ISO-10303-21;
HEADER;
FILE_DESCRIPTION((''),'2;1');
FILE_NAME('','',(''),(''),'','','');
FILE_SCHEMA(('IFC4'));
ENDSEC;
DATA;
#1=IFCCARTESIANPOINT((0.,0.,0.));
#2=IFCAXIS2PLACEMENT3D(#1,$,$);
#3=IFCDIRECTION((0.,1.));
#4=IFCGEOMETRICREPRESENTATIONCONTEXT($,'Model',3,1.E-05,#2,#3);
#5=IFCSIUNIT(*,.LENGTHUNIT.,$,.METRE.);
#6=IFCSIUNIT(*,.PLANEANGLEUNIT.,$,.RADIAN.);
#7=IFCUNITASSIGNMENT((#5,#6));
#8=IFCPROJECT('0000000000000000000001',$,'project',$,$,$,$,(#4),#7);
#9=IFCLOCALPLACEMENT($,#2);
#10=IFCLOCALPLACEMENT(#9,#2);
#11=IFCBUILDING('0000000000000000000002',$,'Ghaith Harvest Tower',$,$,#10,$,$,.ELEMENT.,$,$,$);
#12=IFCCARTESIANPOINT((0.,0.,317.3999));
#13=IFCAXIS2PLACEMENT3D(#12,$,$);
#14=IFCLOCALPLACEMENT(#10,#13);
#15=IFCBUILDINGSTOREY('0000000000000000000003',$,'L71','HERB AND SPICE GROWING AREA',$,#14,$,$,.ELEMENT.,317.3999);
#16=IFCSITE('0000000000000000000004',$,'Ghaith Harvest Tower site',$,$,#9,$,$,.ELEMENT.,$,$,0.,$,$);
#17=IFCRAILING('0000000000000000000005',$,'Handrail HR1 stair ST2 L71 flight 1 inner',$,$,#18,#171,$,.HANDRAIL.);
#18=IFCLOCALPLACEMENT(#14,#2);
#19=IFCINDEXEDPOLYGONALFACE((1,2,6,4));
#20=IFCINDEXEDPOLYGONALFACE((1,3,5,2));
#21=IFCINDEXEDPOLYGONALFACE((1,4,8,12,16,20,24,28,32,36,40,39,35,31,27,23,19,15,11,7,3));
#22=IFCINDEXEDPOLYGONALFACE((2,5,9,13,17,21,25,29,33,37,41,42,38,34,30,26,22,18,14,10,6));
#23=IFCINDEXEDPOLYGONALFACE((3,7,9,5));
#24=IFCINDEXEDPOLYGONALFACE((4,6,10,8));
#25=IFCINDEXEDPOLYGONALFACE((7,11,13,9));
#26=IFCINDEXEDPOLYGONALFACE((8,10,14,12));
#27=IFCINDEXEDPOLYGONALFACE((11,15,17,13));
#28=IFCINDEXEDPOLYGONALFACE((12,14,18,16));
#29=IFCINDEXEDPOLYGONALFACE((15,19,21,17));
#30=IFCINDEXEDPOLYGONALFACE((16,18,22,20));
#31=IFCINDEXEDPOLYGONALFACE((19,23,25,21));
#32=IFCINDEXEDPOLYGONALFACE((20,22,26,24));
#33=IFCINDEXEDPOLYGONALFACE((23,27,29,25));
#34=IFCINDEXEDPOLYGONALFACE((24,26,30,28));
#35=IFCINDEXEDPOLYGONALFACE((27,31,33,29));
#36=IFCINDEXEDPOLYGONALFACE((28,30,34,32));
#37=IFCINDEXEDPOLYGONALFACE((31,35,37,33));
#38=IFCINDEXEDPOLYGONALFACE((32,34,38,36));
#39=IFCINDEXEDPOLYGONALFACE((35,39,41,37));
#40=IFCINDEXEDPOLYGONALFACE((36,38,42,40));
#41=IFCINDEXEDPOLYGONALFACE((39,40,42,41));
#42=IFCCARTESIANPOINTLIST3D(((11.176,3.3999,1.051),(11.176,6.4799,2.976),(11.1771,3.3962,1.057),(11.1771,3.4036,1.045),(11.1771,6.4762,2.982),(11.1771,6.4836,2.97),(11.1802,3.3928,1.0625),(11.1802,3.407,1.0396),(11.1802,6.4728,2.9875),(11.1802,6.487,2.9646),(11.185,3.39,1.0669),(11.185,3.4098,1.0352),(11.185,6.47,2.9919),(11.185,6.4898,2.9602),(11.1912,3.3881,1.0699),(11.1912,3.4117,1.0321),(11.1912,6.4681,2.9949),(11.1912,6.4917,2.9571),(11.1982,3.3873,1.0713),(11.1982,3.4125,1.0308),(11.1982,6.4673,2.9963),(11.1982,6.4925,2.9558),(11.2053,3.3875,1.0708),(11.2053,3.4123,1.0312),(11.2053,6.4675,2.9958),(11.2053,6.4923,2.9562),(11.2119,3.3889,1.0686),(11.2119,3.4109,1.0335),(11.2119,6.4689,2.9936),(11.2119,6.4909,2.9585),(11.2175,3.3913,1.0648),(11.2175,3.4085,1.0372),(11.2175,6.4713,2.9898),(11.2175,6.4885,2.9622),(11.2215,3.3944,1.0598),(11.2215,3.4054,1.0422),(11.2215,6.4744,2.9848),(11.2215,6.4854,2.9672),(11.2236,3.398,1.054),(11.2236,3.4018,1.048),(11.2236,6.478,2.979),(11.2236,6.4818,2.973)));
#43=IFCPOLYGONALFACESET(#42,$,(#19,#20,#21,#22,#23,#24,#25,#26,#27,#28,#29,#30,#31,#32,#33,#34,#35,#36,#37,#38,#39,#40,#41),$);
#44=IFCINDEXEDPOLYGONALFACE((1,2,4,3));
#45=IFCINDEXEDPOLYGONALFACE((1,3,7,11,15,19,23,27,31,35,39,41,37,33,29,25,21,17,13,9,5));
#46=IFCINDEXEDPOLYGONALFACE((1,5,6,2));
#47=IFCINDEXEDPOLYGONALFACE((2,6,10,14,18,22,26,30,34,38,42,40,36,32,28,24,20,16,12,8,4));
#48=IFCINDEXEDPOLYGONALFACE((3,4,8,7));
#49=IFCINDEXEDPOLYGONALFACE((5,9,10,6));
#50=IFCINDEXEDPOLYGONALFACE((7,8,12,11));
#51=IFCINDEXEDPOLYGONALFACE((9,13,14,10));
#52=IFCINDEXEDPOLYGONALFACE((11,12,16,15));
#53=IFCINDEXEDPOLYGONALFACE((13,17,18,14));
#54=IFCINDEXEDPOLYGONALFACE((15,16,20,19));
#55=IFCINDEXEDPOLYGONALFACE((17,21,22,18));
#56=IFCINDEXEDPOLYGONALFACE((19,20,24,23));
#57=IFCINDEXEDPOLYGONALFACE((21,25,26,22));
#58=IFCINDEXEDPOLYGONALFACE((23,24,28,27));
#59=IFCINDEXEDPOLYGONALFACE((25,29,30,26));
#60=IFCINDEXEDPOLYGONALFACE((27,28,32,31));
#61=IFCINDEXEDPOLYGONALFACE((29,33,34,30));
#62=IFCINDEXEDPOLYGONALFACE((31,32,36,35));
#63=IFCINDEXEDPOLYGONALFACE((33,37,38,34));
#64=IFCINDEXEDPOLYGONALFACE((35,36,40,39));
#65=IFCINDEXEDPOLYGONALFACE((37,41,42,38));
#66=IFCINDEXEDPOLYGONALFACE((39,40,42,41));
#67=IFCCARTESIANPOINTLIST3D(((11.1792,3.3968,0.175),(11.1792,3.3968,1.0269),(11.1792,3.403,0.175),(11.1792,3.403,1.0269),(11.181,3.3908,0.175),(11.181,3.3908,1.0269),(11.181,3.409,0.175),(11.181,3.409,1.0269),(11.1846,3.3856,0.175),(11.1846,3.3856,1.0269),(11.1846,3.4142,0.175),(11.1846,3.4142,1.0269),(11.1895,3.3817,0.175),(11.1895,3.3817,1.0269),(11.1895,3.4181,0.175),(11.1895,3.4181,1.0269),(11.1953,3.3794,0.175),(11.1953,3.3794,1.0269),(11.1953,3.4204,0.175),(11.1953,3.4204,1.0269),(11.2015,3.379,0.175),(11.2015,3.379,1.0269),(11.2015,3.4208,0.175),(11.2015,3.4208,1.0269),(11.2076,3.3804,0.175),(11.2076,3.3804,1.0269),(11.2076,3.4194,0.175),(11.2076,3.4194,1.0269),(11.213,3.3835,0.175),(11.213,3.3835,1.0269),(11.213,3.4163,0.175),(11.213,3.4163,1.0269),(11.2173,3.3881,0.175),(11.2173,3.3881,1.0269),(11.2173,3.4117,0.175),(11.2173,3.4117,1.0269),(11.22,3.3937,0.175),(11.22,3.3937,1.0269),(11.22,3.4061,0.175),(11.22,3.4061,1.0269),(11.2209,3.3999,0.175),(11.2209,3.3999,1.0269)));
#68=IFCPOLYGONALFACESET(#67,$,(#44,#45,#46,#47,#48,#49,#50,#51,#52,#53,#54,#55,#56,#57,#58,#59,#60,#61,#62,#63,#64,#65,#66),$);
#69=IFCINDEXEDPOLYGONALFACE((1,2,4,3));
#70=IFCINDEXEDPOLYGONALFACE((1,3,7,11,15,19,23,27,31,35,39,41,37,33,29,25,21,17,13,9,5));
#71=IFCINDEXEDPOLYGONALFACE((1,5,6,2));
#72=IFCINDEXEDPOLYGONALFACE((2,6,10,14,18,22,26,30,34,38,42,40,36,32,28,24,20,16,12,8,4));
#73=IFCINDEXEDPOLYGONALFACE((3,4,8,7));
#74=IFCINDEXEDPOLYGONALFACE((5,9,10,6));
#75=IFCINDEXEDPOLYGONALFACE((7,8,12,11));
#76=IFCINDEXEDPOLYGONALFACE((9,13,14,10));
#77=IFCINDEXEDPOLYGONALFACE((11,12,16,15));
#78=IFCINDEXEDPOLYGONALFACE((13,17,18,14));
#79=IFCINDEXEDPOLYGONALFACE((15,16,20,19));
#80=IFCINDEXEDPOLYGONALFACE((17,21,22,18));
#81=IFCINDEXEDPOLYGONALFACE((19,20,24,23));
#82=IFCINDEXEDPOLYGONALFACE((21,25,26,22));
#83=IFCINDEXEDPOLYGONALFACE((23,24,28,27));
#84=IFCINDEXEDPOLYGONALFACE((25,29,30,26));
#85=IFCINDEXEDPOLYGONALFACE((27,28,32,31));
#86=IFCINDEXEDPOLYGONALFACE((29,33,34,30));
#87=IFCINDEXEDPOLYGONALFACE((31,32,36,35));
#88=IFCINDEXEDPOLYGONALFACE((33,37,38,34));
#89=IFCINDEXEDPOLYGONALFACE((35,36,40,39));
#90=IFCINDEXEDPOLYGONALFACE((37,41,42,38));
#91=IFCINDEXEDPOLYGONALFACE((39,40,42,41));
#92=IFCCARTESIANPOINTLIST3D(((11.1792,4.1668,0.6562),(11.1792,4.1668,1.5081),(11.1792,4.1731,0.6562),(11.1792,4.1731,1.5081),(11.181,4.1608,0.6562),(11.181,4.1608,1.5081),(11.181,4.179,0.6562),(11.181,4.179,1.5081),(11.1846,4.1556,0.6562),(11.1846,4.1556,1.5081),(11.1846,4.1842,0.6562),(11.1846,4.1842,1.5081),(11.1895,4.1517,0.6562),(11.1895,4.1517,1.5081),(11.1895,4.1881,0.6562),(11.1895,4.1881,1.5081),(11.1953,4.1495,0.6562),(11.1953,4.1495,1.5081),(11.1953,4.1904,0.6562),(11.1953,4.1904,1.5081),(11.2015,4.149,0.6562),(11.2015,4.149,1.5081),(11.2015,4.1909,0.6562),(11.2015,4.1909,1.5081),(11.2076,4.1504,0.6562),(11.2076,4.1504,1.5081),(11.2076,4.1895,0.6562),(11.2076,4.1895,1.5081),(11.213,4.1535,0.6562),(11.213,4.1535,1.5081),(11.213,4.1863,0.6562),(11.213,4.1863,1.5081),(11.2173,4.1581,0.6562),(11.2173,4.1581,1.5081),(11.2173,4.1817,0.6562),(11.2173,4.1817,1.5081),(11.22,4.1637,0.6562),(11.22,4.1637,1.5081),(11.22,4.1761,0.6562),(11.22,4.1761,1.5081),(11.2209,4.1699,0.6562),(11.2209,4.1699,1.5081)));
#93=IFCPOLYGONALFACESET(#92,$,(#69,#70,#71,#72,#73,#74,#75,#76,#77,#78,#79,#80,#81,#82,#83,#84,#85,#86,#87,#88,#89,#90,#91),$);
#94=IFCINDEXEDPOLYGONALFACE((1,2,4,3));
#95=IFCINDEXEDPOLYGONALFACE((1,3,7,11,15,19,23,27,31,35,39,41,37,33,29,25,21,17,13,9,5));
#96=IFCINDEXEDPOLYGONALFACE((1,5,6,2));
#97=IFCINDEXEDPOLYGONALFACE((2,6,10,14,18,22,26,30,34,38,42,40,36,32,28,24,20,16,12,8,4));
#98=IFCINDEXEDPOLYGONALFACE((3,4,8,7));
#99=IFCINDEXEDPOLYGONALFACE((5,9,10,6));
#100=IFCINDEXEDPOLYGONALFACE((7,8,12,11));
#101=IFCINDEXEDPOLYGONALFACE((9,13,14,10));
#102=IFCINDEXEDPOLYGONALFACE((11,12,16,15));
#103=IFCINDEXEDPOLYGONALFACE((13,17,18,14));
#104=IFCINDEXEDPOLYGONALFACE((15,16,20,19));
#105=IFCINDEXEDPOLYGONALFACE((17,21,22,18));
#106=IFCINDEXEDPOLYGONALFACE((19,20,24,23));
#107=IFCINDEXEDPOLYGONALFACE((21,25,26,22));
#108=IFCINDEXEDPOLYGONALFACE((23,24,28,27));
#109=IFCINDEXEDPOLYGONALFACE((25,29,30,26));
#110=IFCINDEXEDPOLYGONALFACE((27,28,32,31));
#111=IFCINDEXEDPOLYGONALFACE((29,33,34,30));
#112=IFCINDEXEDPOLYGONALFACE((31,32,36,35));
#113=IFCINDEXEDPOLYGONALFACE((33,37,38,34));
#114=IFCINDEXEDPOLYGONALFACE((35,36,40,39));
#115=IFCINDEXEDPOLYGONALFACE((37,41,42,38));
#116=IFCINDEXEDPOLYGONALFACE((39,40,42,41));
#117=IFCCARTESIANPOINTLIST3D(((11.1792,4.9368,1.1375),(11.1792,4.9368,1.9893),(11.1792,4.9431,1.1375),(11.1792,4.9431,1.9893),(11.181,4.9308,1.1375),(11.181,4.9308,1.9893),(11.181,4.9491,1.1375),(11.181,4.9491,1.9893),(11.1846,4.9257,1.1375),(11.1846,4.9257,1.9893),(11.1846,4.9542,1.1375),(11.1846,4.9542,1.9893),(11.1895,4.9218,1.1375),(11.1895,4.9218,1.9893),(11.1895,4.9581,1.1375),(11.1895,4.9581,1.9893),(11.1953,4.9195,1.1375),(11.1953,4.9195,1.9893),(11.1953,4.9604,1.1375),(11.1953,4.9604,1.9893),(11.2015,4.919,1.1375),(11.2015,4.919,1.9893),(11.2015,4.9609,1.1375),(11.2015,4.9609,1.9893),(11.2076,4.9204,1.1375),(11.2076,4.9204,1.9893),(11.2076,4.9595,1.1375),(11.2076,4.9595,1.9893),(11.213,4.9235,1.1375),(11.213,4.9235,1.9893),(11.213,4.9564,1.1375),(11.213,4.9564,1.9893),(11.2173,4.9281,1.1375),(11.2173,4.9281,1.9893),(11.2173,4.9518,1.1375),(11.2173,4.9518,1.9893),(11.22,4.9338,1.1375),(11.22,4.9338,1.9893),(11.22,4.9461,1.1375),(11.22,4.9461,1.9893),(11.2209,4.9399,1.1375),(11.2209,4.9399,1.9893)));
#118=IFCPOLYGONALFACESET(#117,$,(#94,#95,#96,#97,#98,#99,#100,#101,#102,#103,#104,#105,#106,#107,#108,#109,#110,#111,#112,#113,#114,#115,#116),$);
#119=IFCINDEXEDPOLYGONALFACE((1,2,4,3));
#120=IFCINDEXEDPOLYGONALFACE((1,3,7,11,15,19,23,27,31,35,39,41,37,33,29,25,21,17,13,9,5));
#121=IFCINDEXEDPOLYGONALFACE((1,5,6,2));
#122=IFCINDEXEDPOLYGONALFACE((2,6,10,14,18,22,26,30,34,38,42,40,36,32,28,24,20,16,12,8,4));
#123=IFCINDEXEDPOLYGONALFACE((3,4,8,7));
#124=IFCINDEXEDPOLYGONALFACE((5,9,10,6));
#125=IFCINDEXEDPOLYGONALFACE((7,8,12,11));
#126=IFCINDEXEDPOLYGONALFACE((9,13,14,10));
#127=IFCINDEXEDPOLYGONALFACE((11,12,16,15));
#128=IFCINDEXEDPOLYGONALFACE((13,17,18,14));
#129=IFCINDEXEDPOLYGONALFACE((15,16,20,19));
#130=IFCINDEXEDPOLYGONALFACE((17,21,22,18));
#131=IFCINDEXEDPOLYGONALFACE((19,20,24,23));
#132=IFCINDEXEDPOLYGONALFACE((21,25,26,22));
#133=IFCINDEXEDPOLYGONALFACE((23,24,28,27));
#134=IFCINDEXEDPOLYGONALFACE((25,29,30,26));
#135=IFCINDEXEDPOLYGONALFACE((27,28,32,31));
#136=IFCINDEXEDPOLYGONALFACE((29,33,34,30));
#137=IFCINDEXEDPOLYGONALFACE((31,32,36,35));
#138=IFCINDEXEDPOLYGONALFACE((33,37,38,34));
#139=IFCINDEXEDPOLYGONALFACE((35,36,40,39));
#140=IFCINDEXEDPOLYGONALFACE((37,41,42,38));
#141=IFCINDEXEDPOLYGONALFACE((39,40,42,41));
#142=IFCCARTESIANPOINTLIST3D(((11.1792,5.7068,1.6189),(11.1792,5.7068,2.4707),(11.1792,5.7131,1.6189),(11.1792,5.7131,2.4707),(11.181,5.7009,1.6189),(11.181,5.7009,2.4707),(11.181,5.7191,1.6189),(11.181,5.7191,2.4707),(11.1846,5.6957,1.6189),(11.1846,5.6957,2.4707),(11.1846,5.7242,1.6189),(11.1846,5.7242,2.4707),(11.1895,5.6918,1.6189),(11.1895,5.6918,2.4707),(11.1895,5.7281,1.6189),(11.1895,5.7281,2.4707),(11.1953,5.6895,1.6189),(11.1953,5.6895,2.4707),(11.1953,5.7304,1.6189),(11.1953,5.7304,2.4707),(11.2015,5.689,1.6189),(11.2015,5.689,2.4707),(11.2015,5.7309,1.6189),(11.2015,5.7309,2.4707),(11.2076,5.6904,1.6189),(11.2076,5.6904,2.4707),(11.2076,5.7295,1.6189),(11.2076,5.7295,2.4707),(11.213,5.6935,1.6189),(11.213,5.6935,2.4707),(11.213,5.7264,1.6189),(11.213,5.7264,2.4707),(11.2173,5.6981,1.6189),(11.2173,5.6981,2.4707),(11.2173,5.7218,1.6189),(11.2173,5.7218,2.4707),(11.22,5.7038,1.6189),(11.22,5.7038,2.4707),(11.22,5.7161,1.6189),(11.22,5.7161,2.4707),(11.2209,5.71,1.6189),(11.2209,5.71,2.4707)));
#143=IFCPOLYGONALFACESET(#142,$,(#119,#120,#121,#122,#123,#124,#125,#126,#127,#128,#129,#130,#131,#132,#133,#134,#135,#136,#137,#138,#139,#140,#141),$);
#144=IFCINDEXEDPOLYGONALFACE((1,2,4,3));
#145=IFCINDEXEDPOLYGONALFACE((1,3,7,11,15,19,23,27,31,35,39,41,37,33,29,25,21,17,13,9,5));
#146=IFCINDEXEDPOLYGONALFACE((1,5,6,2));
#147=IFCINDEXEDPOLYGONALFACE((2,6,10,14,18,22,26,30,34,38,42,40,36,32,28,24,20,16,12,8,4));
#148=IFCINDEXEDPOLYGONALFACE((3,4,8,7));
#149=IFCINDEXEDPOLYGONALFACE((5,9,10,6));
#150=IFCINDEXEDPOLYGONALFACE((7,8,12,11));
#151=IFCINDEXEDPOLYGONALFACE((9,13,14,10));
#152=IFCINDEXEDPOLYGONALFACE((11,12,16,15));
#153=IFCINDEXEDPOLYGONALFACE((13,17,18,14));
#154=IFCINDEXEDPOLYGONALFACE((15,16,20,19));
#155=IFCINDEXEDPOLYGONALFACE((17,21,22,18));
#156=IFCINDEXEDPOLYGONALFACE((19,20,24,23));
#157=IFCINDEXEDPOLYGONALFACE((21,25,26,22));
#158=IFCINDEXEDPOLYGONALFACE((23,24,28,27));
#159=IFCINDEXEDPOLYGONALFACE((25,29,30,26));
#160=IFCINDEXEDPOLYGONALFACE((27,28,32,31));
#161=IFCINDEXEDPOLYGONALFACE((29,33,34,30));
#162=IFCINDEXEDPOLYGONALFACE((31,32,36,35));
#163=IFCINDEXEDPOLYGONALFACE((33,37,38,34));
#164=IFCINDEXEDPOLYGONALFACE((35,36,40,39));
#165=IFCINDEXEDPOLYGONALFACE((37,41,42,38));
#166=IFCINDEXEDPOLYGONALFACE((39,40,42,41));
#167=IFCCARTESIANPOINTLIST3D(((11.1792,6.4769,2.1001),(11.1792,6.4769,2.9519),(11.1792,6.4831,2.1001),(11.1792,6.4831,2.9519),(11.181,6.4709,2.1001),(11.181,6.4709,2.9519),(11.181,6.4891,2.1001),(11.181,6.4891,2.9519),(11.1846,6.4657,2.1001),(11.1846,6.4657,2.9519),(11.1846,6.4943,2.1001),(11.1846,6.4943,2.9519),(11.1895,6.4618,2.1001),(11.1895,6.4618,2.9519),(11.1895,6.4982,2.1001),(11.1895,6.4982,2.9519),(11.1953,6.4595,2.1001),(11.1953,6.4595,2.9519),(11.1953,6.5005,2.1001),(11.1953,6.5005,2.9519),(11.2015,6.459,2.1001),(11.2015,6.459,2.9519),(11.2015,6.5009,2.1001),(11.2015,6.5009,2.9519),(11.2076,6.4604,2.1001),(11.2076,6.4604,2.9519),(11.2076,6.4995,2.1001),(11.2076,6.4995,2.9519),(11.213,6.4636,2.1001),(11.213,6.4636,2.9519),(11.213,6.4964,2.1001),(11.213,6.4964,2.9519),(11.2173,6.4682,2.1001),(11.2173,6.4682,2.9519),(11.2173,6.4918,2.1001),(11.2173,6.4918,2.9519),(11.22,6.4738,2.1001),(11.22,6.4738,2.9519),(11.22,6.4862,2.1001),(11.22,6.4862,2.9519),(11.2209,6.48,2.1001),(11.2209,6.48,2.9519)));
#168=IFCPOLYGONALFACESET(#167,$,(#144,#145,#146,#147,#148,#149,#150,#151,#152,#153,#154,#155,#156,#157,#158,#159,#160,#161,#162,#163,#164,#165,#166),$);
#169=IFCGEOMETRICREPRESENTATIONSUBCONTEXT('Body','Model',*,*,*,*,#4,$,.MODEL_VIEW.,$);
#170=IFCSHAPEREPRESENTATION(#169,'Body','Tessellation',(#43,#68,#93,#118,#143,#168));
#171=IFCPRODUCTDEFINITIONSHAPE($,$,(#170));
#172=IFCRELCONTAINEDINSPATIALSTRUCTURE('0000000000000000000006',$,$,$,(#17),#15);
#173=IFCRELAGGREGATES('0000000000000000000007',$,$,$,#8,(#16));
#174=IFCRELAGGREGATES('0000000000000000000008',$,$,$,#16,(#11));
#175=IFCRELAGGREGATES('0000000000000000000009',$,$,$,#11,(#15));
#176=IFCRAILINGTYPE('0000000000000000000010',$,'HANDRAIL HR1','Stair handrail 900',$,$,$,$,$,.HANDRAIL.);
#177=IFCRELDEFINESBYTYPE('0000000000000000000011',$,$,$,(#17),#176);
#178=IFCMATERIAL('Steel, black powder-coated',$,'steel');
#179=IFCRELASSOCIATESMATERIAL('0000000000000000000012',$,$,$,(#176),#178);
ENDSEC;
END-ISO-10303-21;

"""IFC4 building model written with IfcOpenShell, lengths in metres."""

from ifc_helpers import new_model, si_unit, direction, frame, origin, origin_2d, place, context, subcontext, project, spatial, circle, extrude, material, type_object, element, save


model = new_model("IFC4")

# Units and contexts
model_context = context("Model", 3, precision=1e-05, world=origin(), true_north=direction((0.0, 1.0)))
body_context = subcontext(model_context, "Body", "Model", "MODEL_VIEW")
ifc_project = project(units=[si_unit("LENGTHUNIT", "METRE"), si_unit("PLANEANGLEUNIT", "RADIAN")], contexts=[model_context])

# Site, building, storey
site_placement = place(None, origin())
site = spatial("IfcSite", under=ifc_project, at=site_placement, Name="Ghaith Harvest Tower site", CompositionType="ELEMENT", RefElevation=0.0)
building_placement = place(site_placement, origin())
building = spatial("IfcBuilding", under=site, at=building_placement, Name="Ghaith Harvest Tower", CompositionType="ELEMENT")
storey_placement = place(building_placement, frame((0.0, 0.0, 317.3999)))
storey = spatial("IfcBuildingStorey", under=building, at=storey_placement, Name="L71", Description="HERB AND SPICE GROWING AREA", CompositionType="ELEMENT", Elevation=317.3999)

# Railing
ifc_material_1 = material(Name="Steel, black powder-coated", Category="steel")
railing_type = type_object("IfcRailingType", Name="HANDRAIL HR1", Description="Stair handrail 900", PredefinedType="HANDRAIL", material=ifc_material_1)
railing_1_placement = place(storey_placement, frame((11.2, 3.3999, 0.175)))
element("IfcRailing", 1, at=railing_1_placement, inside=storey, type_object=railing_type, Name="Handrail HR1 stair ST2 L71 flight 1 inner", PredefinedType="HANDRAIL", context=body_context, shape_type="SweptSolid", body=[
    extrude(circle(Radius=0.0239, at=origin_2d()), frame((0.0, 0.0, 0.876), z_axis=(0.0, 0.847998, 0.529999), x_axis=(-1.0, 0.0, 0.0)), (0.0, 0.0, 1.0), 3.6321),
    extrude(circle(Radius=0.021, at=origin_2d()), origin(), (0.0, 0.0, 1.0), 0.8518),
    extrude(circle(Radius=0.021, at=origin_2d()), frame((0.0, 0.77, 0.4812)), (0.0, 0.0, 1.0), 0.8518),
    extrude(circle(Radius=0.021, at=origin_2d()), frame((0.0, 1.54, 0.9624)), (0.0, 0.0, 1.0), 0.8518),
    extrude(circle(Radius=0.021, at=origin_2d()), frame((0.0, 2.3101, 1.4438)), (0.0, 0.0, 1.0), 0.8518),
    extrude(circle(Radius=0.021, at=origin_2d()), frame((0.0, 3.0801, 1.925)), (0.0, 0.0, 1.0), 0.8518),
])

save(model, "model.ifc")
